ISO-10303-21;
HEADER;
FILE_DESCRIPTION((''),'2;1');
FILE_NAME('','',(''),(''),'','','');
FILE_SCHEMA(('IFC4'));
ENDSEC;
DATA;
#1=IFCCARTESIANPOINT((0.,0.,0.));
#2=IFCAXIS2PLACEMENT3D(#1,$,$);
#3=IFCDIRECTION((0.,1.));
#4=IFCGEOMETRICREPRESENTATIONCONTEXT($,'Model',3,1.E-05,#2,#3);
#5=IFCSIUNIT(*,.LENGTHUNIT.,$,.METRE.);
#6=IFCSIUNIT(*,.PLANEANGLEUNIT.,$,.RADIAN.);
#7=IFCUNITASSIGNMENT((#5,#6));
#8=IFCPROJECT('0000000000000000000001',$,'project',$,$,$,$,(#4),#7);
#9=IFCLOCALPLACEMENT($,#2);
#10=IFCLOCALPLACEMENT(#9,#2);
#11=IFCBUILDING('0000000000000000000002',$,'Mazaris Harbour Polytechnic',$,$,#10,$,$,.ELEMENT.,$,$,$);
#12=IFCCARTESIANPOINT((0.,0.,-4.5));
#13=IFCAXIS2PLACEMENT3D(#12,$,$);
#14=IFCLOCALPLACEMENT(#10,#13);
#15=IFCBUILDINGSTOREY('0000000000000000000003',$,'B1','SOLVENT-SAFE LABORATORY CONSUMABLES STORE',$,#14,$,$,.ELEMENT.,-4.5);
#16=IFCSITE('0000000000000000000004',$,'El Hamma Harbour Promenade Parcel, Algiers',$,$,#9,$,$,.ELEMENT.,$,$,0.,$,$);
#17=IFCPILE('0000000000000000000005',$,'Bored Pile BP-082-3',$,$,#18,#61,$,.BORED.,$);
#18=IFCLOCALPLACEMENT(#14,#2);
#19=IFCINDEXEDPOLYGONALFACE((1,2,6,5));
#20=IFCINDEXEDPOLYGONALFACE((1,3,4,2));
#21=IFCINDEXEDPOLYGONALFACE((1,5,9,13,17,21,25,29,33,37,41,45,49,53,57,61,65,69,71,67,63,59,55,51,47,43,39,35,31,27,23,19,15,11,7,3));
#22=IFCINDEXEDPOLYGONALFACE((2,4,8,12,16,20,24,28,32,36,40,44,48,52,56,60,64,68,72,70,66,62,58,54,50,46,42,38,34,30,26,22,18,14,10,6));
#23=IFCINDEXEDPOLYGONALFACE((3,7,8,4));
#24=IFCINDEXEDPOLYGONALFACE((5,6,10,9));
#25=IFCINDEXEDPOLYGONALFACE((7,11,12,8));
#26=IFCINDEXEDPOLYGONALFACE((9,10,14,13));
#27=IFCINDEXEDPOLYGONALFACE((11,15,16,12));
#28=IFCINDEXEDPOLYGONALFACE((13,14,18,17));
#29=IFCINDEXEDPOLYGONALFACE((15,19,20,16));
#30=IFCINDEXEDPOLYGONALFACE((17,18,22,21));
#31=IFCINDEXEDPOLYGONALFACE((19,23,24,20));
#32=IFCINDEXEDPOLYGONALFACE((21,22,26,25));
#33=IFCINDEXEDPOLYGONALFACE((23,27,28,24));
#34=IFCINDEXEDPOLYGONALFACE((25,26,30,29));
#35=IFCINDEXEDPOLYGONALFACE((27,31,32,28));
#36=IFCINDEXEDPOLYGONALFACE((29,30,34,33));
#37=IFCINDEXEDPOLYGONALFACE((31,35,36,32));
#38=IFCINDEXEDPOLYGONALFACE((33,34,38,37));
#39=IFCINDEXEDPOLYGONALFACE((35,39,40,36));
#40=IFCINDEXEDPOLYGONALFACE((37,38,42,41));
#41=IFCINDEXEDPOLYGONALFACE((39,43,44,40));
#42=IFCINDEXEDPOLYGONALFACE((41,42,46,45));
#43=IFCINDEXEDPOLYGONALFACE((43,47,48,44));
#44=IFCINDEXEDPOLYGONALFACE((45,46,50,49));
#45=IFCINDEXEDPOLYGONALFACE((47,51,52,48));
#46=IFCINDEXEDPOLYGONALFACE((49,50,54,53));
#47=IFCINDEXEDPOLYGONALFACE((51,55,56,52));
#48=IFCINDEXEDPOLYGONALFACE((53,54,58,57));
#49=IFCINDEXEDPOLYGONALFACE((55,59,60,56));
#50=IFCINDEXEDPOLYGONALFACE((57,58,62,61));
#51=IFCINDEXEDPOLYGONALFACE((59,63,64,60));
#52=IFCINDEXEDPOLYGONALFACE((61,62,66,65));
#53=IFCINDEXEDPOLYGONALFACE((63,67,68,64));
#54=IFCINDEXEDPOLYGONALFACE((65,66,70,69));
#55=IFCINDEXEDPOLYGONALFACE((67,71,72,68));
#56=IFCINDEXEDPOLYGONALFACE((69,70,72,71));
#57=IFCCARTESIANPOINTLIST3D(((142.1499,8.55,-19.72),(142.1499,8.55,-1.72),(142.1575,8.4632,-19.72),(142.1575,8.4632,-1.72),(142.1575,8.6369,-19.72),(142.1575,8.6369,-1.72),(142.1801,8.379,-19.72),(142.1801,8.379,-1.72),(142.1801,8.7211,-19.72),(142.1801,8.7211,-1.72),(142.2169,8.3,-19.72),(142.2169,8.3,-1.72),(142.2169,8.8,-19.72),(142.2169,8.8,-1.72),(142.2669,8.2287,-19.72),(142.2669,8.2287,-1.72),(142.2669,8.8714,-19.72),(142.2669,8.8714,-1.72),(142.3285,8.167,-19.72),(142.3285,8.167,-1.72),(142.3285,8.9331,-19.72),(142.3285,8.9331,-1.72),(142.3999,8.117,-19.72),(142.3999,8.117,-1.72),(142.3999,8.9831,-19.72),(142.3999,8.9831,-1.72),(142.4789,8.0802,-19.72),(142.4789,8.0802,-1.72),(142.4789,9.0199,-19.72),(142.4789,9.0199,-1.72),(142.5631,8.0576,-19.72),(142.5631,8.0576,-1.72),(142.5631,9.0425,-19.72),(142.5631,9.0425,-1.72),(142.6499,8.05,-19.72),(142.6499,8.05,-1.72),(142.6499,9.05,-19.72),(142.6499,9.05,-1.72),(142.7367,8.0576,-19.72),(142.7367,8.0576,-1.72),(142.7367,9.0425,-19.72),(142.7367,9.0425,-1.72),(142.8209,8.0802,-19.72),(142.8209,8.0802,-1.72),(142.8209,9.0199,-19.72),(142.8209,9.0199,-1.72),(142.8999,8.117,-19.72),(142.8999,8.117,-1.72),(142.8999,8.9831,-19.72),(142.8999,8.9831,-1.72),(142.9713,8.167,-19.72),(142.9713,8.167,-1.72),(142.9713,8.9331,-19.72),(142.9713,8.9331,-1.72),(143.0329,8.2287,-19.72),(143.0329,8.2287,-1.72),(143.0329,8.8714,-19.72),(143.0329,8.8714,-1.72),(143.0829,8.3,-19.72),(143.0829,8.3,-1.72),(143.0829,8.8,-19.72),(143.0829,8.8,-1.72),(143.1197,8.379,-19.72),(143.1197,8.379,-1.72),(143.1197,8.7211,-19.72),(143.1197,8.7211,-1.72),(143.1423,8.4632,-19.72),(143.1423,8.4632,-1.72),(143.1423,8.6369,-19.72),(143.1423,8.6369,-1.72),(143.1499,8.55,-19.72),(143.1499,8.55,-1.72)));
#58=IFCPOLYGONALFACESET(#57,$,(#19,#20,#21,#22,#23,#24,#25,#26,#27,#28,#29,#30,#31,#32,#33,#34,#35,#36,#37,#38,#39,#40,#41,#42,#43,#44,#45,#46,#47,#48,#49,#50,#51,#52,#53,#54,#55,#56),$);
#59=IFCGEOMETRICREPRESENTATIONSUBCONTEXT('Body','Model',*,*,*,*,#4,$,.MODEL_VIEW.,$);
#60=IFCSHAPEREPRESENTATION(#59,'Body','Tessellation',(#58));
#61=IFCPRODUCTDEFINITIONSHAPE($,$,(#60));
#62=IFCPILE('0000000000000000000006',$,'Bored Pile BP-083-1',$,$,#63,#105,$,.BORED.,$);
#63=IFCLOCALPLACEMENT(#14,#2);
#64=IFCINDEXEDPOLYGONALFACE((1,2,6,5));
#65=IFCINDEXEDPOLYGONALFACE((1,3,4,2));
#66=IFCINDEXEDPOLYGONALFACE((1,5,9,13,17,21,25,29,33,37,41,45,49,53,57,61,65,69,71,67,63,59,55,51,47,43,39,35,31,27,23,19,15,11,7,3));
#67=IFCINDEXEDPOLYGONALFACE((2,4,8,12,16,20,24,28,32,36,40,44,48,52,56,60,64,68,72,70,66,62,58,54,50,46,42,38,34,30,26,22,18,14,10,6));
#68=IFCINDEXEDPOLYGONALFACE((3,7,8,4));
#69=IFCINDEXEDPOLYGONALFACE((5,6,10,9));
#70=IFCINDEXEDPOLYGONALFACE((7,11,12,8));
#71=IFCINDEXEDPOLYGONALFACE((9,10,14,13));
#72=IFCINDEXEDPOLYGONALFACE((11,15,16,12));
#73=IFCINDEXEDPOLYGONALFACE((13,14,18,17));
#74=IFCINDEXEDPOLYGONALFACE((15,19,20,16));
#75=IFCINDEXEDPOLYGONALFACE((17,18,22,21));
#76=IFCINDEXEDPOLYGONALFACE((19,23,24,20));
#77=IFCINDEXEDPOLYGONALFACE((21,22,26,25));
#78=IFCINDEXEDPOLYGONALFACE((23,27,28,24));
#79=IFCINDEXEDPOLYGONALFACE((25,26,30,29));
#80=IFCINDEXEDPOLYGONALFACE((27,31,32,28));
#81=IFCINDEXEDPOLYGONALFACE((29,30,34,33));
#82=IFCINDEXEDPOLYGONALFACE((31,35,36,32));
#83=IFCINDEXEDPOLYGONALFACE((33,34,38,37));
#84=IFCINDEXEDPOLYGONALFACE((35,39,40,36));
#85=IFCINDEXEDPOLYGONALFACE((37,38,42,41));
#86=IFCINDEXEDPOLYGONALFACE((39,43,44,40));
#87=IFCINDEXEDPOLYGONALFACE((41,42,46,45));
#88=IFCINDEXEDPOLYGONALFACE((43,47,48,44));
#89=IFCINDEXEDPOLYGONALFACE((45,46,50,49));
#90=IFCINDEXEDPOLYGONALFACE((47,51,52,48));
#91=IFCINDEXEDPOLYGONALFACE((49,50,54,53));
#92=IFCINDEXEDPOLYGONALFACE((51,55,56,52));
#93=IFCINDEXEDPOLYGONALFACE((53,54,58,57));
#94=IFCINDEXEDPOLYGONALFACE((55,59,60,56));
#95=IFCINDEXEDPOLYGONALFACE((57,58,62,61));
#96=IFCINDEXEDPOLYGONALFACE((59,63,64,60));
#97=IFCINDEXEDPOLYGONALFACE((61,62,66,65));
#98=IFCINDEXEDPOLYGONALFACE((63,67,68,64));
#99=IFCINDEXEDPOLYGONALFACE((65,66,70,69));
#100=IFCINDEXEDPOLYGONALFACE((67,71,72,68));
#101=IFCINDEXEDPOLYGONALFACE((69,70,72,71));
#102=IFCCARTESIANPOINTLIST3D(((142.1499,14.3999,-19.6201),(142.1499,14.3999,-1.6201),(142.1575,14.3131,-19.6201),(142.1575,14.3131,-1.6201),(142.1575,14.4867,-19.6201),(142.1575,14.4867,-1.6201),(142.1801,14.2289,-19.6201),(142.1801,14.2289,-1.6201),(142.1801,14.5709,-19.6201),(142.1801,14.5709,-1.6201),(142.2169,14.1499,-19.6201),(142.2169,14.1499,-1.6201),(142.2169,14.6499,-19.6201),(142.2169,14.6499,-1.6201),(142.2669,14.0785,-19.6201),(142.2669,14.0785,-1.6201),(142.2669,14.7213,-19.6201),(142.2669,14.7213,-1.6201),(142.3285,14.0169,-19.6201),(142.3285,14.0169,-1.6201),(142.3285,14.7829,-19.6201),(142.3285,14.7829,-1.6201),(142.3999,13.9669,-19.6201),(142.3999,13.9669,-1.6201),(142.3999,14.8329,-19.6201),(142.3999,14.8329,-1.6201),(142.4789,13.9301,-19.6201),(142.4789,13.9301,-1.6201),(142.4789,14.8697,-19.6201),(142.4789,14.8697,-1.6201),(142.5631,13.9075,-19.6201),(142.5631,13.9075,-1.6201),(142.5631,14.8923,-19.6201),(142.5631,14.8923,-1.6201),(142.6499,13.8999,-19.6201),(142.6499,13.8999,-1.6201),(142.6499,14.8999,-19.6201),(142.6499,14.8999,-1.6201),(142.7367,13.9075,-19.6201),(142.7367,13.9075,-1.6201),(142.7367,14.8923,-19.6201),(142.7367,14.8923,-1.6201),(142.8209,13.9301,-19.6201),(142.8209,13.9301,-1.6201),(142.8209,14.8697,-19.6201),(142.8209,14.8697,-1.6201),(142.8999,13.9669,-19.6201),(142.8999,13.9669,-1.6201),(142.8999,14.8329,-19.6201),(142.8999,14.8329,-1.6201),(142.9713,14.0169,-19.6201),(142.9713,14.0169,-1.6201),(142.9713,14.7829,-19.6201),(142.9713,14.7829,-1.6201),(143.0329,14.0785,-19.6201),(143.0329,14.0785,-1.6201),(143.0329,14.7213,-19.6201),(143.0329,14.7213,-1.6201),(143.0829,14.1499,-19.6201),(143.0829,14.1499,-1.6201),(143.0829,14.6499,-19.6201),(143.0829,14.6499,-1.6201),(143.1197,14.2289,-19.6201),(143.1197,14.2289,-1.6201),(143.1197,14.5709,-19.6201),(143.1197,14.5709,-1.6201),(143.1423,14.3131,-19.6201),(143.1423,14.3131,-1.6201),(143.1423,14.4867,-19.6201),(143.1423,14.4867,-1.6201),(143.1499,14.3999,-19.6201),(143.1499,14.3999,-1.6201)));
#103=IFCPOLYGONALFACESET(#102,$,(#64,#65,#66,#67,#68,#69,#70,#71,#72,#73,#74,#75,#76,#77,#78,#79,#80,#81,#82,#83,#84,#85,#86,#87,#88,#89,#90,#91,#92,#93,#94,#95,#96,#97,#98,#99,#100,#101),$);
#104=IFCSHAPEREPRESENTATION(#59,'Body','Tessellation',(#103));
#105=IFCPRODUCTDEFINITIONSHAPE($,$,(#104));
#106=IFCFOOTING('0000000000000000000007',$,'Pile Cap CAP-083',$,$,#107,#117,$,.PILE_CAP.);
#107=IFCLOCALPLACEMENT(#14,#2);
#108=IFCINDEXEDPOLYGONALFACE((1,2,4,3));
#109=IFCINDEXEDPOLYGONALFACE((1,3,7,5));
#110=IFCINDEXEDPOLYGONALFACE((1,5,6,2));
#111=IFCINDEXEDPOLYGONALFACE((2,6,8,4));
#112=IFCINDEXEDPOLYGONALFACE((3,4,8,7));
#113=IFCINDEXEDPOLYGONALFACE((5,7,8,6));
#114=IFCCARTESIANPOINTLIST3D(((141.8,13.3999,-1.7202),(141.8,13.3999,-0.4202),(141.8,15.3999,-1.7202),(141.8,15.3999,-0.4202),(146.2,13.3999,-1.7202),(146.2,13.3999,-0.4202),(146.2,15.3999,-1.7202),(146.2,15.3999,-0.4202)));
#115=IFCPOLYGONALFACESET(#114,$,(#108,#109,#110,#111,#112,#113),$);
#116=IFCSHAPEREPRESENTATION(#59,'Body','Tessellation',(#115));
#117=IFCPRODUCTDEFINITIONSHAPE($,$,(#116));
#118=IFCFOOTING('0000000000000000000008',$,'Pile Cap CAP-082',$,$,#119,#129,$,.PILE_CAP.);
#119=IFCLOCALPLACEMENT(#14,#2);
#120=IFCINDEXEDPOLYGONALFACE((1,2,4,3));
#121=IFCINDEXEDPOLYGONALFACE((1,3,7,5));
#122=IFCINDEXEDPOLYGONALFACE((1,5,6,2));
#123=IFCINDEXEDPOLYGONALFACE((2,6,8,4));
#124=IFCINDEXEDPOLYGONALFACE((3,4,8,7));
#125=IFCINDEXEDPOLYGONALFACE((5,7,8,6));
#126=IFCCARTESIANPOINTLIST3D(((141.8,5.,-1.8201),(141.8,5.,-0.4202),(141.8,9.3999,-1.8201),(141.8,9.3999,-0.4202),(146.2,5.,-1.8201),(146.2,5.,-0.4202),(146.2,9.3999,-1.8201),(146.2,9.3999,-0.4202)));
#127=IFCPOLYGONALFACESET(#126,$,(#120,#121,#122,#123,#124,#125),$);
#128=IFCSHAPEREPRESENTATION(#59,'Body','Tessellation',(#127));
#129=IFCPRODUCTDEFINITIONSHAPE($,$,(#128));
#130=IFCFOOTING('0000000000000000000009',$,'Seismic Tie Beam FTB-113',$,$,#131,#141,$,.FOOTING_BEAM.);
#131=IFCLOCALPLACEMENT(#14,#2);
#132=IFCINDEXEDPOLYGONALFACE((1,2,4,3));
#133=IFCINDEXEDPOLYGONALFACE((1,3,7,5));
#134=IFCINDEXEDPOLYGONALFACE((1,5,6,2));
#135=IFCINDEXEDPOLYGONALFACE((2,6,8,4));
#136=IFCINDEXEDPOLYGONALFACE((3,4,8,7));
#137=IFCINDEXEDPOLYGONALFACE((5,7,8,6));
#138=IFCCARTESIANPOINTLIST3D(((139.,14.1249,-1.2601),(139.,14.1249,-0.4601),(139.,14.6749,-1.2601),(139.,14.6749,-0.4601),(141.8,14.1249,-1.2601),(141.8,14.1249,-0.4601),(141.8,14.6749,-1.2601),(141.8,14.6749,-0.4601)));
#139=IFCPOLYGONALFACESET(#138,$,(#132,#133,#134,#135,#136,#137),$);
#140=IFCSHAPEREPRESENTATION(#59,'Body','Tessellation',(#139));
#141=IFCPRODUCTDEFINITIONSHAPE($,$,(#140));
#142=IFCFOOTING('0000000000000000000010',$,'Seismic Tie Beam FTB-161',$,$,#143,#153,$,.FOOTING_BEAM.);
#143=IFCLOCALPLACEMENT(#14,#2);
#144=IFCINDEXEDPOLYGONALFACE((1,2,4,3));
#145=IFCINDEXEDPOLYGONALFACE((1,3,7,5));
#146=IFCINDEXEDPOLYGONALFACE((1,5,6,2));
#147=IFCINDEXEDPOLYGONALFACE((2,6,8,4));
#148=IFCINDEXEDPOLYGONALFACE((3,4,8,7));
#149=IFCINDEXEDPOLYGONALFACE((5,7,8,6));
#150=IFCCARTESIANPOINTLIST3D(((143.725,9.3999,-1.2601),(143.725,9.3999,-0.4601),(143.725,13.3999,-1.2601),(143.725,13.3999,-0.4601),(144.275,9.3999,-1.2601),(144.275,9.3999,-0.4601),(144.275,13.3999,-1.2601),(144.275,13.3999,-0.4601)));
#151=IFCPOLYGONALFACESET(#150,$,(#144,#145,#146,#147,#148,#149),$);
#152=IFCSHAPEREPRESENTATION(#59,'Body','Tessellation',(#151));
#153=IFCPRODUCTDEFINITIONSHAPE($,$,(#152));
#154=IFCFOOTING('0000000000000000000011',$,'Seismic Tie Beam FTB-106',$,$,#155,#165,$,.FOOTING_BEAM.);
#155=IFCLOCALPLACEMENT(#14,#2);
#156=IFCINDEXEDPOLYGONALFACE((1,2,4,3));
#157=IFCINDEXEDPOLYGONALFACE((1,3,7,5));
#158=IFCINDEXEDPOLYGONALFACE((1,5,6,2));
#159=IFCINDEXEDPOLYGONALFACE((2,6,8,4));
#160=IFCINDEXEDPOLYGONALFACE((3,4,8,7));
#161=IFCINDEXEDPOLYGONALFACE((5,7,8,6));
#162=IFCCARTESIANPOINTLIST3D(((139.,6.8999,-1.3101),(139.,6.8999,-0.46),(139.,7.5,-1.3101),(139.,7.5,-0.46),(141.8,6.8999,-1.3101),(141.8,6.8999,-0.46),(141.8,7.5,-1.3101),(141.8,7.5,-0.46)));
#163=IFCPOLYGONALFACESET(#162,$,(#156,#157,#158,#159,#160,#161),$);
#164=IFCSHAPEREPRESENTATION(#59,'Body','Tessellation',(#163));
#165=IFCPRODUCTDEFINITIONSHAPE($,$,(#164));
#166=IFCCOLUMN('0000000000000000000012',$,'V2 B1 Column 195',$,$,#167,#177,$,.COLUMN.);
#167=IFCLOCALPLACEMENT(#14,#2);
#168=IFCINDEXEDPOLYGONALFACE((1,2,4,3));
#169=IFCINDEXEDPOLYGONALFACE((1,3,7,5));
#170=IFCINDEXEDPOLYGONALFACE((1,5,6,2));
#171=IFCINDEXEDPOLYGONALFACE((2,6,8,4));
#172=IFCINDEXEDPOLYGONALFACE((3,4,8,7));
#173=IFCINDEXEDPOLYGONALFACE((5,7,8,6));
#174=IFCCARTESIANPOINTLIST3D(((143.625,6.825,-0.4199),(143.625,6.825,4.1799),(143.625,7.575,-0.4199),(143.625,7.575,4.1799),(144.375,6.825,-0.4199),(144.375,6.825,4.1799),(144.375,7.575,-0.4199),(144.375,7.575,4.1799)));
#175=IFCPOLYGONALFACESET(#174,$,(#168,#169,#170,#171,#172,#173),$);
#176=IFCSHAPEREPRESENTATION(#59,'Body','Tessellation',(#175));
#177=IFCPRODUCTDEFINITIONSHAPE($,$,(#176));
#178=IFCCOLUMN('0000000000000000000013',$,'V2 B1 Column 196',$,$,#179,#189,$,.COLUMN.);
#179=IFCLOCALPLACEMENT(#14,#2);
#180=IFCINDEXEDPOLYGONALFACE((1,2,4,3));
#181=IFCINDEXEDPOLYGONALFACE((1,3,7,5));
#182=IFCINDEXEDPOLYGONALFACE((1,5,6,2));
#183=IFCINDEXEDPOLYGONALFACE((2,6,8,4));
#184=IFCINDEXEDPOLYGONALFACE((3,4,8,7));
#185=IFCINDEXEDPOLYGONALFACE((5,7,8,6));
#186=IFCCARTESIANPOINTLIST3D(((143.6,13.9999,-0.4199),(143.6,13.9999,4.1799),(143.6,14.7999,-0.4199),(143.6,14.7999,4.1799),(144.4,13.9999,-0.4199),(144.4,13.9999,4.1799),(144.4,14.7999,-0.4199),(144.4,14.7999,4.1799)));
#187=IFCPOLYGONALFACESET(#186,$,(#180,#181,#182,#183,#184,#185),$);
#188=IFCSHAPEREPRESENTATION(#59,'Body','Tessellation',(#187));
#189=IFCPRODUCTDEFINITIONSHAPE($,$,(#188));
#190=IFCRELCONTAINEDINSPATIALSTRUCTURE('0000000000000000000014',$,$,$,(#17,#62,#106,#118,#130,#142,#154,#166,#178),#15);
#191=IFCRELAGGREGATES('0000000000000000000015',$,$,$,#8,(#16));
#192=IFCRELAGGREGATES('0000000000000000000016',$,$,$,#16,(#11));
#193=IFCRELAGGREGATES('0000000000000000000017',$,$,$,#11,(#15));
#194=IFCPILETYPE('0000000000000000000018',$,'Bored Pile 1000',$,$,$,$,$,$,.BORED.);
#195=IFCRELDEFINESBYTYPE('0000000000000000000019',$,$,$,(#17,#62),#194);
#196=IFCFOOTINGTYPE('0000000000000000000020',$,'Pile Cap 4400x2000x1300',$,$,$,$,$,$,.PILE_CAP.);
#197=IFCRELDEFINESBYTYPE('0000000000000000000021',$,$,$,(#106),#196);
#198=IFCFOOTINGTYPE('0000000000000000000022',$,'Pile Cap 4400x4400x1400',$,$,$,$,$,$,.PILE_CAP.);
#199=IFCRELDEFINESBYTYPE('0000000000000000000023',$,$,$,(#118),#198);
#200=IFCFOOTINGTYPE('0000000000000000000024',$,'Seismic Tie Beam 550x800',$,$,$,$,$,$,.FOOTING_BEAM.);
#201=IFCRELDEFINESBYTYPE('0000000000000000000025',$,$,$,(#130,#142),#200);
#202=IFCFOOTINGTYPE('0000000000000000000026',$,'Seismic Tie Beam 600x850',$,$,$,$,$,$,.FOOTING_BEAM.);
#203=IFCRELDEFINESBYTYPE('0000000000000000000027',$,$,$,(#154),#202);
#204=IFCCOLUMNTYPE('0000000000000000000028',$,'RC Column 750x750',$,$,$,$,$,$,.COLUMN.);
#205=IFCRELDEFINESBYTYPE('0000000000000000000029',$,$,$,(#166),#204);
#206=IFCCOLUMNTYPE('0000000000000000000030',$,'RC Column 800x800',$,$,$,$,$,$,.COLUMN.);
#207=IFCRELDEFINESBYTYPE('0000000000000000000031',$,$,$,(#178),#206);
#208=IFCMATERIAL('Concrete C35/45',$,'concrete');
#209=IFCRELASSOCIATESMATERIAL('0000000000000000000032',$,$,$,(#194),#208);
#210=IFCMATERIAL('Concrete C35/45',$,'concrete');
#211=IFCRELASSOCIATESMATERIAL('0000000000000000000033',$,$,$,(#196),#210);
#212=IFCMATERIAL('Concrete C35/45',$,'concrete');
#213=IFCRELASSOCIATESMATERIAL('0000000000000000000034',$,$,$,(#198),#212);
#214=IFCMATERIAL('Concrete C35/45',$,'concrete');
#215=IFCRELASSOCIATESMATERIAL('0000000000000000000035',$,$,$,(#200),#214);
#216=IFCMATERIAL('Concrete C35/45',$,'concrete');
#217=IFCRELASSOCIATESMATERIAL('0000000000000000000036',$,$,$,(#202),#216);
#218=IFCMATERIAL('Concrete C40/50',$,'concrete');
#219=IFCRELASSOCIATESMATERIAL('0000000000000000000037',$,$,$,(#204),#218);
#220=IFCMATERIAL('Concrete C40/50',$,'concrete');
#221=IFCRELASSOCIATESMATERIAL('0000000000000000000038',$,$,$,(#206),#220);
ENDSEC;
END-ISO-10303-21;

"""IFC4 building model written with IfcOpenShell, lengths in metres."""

from ifc_helpers import new_model, si_unit, direction, frame, origin, origin_2d, place, context, subcontext, project, spatial, rectangle, circle, extrude, material, material_profile, profile_set, type_object, element, save


model = new_model("IFC4")

# Units and contexts
model_context = context("Model", 3, precision=1e-05, world=origin(), true_north=direction((0.0, 1.0)))
body_context = subcontext(model_context, "Body", "Model", "MODEL_VIEW")
ifc_project = project(units=[si_unit("LENGTHUNIT", "METRE"), si_unit("PLANEANGLEUNIT", "RADIAN")], contexts=[model_context])

# Site, building, storey
site_placement = place(None, origin())
site = spatial("IfcSite", under=ifc_project, at=site_placement, Name="El Hamma Harbour Promenade Parcel, Algiers", CompositionType="ELEMENT", RefElevation=0.0)
building_placement = place(site_placement, origin())
building = spatial("IfcBuilding", under=site, at=building_placement, Name="Mazaris Harbour Polytechnic", CompositionType="ELEMENT")
storey_placement = place(building_placement, frame((0.0, 0.0, -4.5)))
storey = spatial("IfcBuildingStorey", under=building, at=storey_placement, Name="B1", Description="SOLVENT-SAFE LABORATORY CONSUMABLES STORE", CompositionType="ELEMENT", Elevation=-4.5)

# Piles
ifc_material_1 = material(Name="Concrete C35/45", Category="concrete")
ifc_material_profile_1 = material_profile(ifc_material_1, circle(Radius=0.5, at=origin_2d()), Name="DIA1000")
ifc_profile_set_1 = profile_set([ifc_material_profile_1], Name="Concrete C35/45")
pile_type = type_object("IfcPileType", Name="Bored Pile 1000", PredefinedType="BORED", material=ifc_profile_set_1)
for number, where, z_axis, x_axis, name in (
    (1, (142.6499, 8.55, -1.72), (0.0, 0.0, -1.0), (1.0, 0.0, 0.0), "Bored Pile BP-082-3"),
    (2, (142.6499, 14.3999, -1.6201), (0.0, 0.0, -1.0), (1.0, 0.0, 0.0), "Bored Pile BP-083-1"),
):
    element("IfcPile", number, at=place(storey_placement, frame(where, z_axis=z_axis, x_axis=x_axis)), inside=storey, type_object=pile_type, Name=name, PredefinedType="BORED", context=body_context, shape_type="SweptSolid", body=[
        extrude(circle(Radius=0.5, at=origin_2d()), origin(), (0.0, 0.0, 1.0), 18.0),
    ])

# Footings
ifc_material_2 = material(Name="Concrete C35/45", Category="concrete")
footing_type_1 = type_object("IfcFootingType", Name="Pile Cap 4400x2000x1300", PredefinedType="PILE_CAP", material=ifc_material_2)
footing_1_placement = place(storey_placement, frame((144.0, 14.3999, -1.7202), z_axis=(0.0, 0.0, 1.0), x_axis=(1.0, 0.0, 0.0)))
element("IfcFooting", 3, at=footing_1_placement, inside=storey, type_object=footing_type_1, Name="Pile Cap CAP-083", PredefinedType="PILE_CAP", context=body_context, shape_type="SweptSolid", body=[
    extrude(rectangle(XDim=4.3999, YDim=2.0, at=origin_2d()), origin(), (0.0, 0.0, 1.0), 1.3),
])
ifc_material_3 = material(Name="Concrete C35/45", Category="concrete")
footing_type_2 = type_object("IfcFootingType", Name="Pile Cap 4400x4400x1400", PredefinedType="PILE_CAP", material=ifc_material_3)
footing_2_placement = place(storey_placement, frame((144.0, 7.2, -1.8201), z_axis=(0.0, 0.0, 1.0), x_axis=(1.0, 0.0, 0.0)))
element("IfcFooting", 4, at=footing_2_placement, inside=storey, type_object=footing_type_2, Name="Pile Cap CAP-082", PredefinedType="PILE_CAP", context=body_context, shape_type="SweptSolid", body=[
    extrude(rectangle(XDim=4.3999, YDim=4.3999, at=origin_2d()), origin(), (0.0, 0.0, 1.0), 1.3999),
])
ifc_material_4 = material(Name="Concrete C35/45", Category="concrete")
ifc_material_profile_2 = material_profile(ifc_material_4, rectangle(XDim=0.55, YDim=0.8, at=origin_2d()), Name="RECT550x800")
ifc_profile_set_2 = profile_set([ifc_material_profile_2], Name="Concrete C35/45")
footing_type_3 = type_object("IfcFootingType", Name="Seismic Tie Beam 550x800", PredefinedType="FOOTING_BEAM", material=ifc_profile_set_2)
footing_3_placement = place(storey_placement, frame((139.0, 14.3999, -0.8601), z_axis=(1.0, 0.0, 0.0), x_axis=(0.0, 1.0, 0.0)))
element("IfcFooting", 5, at=footing_3_placement, inside=storey, type_object=footing_type_3, Name="Seismic Tie Beam FTB-113", PredefinedType="FOOTING_BEAM", context=body_context, shape_type="SweptSolid", body=[
    extrude(rectangle(XDim=0.55, YDim=0.8, at=origin_2d()), origin(), (0.0, 0.0, 1.0), 2.8),
])
footing_4_placement = place(storey_placement, frame((144.0, 9.3999, -0.8601), z_axis=(0.0, 1.0, 0.0), x_axis=(-1.0, 0.0, 0.0)))
element("IfcFooting", 6, at=footing_4_placement, inside=storey, type_object=footing_type_3, Name="Seismic Tie Beam FTB-161", PredefinedType="FOOTING_BEAM", context=body_context, shape_type="SweptSolid", body=[
    extrude(rectangle(XDim=0.55, YDim=0.8, at=origin_2d()), origin(), (0.0, 0.0, 1.0), 4.0),
])
ifc_material_5 = material(Name="Concrete C35/45", Category="concrete")
ifc_material_profile_3 = material_profile(ifc_material_5, rectangle(XDim=0.6001, YDim=0.8501, at=origin_2d()), Name="RECT600x850")
ifc_profile_set_3 = profile_set([ifc_material_profile_3], Name="Concrete C35/45")
footing_type_4 = type_object("IfcFootingType", Name="Seismic Tie Beam 600x850", PredefinedType="FOOTING_BEAM", material=ifc_profile_set_3)
footing_5_placement = place(storey_placement, frame((139.0, 7.2, -0.885), z_axis=(1.0, 0.0, 0.0), x_axis=(0.0, 1.0, 0.0)))
element("IfcFooting", 7, at=footing_5_placement, inside=storey, type_object=footing_type_4, Name="Seismic Tie Beam FTB-106", PredefinedType="FOOTING_BEAM", context=body_context, shape_type="SweptSolid", body=[
    extrude(rectangle(XDim=0.6001, YDim=0.8501, at=origin_2d()), origin(), (0.0, 0.0, 1.0), 2.8),
])

# Columns
ifc_material_6 = material(Name="Concrete C40/50", Category="concrete")
ifc_material_profile_4 = material_profile(ifc_material_6, rectangle(XDim=0.75, YDim=0.75, at=origin_2d()), Name="RECT750x750")
ifc_profile_set_4 = profile_set([ifc_material_profile_4], Name="Concrete C40/50")
column_type_1 = type_object("IfcColumnType", Name="RC Column 750x750", PredefinedType="COLUMN", material=ifc_profile_set_4)
column_1_placement = place(storey_placement, frame((144.0, 7.2, -0.4199), z_axis=(0.0, 0.0, 1.0), x_axis=(1.0, 0.0, 0.0)))
element("IfcColumn", 8, at=column_1_placement, inside=storey, type_object=column_type_1, Name="V2 B1 Column 195", PredefinedType="COLUMN", context=body_context, shape_type="SweptSolid", body=[
    extrude(rectangle(XDim=0.75, YDim=0.75, at=origin_2d()), origin(), (0.0, 0.0, 1.0), 4.5999),
])
ifc_material_7 = material(Name="Concrete C40/50", Category="concrete")
ifc_material_profile_5 = material_profile(ifc_material_7, rectangle(XDim=0.8, YDim=0.8, at=origin_2d()), Name="RECT800x800")
ifc_profile_set_5 = profile_set([ifc_material_profile_5], Name="Concrete C40/50")
column_type_2 = type_object("IfcColumnType", Name="RC Column 800x800", PredefinedType="COLUMN", material=ifc_profile_set_5)
column_2_placement = place(storey_placement, frame((144.0, 14.3999, -0.4199), z_axis=(0.0, 0.0, 1.0), x_axis=(1.0, 0.0, 0.0)))
element("IfcColumn", 9, at=column_2_placement, inside=storey, type_object=column_type_2, Name="V2 B1 Column 196", PredefinedType="COLUMN", context=body_context, shape_type="SweptSolid", body=[
    extrude(rectangle(XDim=0.8, YDim=0.8, at=origin_2d()), origin(), (0.0, 0.0, 1.0), 4.5999),
])

save(model, "model.ifc")
